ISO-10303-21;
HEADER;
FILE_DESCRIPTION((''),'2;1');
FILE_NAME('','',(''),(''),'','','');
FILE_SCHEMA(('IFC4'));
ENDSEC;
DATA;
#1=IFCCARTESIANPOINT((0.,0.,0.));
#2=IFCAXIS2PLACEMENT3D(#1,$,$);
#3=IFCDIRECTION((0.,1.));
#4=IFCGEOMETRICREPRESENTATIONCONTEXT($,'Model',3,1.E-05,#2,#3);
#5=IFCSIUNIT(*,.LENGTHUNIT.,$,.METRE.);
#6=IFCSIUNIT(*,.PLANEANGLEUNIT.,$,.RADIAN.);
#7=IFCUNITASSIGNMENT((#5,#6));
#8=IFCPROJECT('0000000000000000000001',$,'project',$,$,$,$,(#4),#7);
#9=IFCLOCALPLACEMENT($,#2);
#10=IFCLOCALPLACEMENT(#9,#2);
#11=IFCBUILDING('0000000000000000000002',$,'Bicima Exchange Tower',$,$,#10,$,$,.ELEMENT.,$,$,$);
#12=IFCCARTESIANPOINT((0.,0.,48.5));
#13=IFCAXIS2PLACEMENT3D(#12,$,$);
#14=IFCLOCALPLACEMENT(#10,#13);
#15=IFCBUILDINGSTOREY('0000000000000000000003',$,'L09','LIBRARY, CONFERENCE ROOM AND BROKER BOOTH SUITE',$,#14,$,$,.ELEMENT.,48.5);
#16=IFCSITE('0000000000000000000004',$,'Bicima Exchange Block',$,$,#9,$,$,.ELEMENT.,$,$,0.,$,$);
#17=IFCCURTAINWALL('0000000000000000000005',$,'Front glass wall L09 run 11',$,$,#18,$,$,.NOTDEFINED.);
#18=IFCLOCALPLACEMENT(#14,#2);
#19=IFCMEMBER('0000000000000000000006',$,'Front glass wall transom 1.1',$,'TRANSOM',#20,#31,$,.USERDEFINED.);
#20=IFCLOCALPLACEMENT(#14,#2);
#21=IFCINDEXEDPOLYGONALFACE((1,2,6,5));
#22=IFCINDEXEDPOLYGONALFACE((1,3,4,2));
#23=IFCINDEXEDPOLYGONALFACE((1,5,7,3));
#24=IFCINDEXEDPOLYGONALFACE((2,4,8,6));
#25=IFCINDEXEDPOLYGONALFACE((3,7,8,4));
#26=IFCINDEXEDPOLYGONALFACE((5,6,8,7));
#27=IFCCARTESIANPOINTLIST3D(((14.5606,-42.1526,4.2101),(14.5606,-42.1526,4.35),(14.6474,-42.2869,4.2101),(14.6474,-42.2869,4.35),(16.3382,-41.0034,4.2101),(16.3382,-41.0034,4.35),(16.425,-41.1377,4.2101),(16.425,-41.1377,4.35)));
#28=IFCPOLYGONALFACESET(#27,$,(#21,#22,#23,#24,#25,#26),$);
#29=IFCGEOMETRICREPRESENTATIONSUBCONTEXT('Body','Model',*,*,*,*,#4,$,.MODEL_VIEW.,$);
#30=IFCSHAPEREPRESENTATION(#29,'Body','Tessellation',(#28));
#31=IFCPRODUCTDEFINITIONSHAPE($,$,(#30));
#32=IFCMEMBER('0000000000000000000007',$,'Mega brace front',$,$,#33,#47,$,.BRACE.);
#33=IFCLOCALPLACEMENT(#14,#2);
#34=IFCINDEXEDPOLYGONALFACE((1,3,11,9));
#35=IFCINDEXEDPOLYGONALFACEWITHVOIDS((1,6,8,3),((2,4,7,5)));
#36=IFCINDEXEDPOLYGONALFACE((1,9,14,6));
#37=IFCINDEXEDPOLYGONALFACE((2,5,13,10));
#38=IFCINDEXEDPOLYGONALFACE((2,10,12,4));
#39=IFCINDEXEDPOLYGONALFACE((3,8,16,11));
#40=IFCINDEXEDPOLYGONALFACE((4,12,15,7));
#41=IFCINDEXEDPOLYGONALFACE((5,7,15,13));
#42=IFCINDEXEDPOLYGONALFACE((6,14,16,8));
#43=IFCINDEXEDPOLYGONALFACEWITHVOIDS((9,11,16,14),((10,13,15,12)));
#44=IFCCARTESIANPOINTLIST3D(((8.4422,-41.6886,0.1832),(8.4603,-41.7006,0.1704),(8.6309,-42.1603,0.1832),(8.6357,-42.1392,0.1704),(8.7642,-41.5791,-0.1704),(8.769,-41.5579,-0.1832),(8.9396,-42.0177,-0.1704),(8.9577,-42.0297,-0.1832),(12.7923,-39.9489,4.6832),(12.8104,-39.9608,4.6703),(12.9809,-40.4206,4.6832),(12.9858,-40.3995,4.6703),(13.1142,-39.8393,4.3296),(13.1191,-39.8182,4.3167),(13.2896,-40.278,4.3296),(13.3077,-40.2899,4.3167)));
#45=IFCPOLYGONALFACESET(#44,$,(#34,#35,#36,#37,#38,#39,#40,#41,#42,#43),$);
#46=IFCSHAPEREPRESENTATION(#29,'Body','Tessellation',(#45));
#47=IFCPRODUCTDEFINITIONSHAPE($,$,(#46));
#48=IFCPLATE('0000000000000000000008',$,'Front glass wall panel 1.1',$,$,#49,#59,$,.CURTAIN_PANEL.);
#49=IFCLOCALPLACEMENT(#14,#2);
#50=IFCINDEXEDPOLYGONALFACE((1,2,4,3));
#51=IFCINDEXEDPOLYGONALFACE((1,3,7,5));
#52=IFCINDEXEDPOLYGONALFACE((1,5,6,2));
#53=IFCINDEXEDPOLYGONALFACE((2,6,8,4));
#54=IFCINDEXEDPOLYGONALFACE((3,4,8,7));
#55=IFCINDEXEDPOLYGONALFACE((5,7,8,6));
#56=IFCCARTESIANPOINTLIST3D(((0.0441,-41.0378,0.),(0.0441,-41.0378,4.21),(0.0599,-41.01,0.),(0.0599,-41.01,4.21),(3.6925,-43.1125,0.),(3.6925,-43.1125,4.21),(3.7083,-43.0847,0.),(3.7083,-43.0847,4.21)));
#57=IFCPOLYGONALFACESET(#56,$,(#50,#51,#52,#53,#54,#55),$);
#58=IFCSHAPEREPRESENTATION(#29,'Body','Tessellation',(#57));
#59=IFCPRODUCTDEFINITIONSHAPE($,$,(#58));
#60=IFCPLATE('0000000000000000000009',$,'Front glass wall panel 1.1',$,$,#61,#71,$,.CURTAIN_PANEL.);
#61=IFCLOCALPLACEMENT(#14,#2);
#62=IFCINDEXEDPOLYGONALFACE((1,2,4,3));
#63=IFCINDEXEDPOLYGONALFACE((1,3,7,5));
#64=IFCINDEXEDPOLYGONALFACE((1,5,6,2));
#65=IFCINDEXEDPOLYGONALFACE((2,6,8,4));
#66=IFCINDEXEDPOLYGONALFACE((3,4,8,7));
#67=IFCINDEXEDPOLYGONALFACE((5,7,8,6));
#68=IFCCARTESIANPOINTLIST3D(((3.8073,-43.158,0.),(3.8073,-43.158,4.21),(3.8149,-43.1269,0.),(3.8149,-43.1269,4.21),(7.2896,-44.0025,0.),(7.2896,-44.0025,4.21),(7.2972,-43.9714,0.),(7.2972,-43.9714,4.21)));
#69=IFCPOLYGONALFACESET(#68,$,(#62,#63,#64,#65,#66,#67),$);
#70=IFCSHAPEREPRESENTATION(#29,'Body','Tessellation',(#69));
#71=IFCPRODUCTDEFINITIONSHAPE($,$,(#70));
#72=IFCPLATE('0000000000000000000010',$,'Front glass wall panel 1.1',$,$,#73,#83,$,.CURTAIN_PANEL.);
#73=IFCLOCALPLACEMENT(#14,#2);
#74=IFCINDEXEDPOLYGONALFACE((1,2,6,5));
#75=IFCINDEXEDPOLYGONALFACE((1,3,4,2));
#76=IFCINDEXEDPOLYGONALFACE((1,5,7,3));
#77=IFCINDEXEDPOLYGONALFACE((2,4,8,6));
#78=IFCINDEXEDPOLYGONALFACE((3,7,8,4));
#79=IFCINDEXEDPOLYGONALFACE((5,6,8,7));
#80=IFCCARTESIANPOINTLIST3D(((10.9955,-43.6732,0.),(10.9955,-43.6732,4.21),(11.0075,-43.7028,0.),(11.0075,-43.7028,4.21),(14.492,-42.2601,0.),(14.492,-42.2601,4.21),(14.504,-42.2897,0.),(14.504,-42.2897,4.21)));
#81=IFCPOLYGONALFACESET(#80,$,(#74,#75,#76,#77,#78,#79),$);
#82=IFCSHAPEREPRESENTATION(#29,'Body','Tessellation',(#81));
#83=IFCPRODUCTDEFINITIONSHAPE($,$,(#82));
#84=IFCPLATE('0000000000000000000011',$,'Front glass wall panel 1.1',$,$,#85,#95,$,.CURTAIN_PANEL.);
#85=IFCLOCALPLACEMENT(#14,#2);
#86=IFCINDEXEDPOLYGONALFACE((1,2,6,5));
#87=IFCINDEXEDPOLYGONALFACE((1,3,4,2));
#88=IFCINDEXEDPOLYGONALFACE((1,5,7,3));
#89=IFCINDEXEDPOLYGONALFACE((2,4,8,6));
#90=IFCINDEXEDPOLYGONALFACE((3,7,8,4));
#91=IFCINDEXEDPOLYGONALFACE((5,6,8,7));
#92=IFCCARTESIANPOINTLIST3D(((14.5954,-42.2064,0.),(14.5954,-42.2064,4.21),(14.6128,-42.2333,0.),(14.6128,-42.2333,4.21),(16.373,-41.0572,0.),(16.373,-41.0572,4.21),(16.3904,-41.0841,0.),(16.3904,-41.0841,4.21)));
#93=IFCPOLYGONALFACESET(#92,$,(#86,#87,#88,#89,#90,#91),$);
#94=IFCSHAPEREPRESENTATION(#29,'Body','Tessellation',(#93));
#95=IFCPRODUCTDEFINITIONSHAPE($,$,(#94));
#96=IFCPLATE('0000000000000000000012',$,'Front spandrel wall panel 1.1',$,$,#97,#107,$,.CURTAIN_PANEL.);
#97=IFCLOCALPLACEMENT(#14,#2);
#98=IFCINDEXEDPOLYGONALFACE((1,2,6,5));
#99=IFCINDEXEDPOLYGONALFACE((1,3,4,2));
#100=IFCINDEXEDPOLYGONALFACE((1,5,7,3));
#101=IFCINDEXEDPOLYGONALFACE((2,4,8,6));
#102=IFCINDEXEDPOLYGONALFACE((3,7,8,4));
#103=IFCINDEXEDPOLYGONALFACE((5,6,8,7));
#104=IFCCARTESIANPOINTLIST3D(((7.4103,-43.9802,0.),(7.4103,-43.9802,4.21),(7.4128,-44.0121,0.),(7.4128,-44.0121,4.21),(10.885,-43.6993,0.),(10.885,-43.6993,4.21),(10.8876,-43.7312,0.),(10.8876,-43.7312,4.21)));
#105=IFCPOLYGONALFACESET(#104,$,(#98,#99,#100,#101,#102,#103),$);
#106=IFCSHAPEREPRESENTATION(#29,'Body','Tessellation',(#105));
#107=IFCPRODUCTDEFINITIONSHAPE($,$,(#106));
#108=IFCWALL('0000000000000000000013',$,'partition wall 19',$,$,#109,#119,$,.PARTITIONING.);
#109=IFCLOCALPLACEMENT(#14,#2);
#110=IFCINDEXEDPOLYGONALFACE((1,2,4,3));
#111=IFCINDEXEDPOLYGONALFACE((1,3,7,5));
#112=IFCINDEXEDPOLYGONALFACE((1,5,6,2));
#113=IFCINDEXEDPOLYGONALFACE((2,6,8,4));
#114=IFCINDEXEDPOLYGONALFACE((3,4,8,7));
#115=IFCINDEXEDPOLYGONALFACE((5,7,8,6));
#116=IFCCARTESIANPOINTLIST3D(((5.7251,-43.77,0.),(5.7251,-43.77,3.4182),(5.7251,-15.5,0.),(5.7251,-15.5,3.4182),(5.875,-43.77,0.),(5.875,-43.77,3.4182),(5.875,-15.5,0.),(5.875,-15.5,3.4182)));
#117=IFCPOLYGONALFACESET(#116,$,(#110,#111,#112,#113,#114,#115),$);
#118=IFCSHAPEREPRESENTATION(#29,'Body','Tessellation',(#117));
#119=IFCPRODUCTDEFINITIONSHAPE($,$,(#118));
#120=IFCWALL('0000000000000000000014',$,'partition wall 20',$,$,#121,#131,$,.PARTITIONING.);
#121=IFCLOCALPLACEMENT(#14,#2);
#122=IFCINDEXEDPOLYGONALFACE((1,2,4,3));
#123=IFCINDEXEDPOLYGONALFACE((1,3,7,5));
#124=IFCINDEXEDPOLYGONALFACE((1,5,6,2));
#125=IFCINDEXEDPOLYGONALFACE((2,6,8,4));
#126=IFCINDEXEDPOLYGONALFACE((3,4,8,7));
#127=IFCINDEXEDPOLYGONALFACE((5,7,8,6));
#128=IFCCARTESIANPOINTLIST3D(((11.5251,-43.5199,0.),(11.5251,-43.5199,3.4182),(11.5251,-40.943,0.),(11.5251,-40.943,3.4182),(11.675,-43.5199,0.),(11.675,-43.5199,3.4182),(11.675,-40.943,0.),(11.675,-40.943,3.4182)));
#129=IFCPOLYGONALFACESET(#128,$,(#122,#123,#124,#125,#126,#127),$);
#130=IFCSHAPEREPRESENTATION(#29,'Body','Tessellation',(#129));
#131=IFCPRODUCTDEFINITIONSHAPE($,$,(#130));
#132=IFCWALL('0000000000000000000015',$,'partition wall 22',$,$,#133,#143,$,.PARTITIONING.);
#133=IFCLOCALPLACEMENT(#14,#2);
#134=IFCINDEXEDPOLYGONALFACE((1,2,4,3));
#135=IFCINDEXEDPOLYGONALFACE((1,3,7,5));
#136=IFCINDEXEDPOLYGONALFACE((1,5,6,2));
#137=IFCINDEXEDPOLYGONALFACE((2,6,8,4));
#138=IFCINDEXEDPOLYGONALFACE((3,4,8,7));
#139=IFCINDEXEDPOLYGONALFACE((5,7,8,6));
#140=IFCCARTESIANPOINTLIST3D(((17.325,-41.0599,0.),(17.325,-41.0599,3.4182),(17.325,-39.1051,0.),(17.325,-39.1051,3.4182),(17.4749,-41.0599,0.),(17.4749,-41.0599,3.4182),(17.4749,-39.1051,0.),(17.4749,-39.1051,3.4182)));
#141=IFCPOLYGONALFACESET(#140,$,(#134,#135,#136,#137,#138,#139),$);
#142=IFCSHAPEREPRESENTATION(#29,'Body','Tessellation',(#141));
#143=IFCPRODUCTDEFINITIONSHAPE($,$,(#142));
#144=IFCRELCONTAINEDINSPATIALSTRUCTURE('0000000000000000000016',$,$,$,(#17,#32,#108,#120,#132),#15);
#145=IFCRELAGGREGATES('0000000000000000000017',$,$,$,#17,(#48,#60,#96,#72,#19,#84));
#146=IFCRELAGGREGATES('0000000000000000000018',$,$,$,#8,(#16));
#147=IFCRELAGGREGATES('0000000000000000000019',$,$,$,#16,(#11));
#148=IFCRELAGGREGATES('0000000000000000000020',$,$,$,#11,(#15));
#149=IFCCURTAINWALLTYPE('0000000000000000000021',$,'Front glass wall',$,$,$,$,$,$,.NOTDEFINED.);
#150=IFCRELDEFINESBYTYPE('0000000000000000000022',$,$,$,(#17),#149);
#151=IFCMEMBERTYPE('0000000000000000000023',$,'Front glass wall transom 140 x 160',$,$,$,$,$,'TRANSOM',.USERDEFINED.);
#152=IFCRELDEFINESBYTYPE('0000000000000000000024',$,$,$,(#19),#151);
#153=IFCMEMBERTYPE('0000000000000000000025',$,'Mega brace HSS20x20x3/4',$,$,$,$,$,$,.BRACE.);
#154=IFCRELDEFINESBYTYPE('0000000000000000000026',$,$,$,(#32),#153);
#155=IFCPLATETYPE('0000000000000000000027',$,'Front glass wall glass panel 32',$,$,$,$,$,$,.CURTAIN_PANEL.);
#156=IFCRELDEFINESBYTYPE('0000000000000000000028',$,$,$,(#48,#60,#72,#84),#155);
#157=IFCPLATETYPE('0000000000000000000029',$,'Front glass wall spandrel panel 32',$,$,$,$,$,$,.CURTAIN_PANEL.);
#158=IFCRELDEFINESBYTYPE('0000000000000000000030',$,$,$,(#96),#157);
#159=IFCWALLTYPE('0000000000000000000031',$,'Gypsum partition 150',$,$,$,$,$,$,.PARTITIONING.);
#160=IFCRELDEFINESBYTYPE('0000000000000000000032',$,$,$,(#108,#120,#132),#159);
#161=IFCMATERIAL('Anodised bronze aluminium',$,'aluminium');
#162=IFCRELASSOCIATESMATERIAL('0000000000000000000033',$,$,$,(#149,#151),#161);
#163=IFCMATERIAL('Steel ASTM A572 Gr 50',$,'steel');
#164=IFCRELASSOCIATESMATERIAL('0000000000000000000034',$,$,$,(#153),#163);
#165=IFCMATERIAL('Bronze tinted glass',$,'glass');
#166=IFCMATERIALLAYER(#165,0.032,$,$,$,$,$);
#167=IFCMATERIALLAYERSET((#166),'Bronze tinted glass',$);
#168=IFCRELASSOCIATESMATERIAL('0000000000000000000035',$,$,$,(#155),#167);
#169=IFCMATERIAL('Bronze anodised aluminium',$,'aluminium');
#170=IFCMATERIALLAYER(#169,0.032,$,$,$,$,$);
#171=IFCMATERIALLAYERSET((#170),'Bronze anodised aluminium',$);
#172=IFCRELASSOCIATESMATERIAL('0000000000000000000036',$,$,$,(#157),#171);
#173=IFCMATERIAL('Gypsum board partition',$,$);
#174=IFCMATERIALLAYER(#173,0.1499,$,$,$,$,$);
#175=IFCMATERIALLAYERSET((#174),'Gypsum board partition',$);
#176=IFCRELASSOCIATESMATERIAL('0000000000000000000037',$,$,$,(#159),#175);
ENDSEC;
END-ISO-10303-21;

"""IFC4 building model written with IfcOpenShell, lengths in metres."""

from ifc_helpers import new_model, si_unit, direction, frame, frame_2d, origin, origin_2d, place, context, subcontext, project, spatial, rectangle, hollow_rectangle, extrude, material, layer, layer_set, material_profile, profile_set, type_object, element, aggregate, save


model = new_model("IFC4")

# Units and contexts
model_context = context("Model", 3, precision=1e-05, world=origin(), true_north=direction((0.0, 1.0)))
body_context = subcontext(model_context, "Body", "Model", "MODEL_VIEW")
ifc_project = project(units=[si_unit("LENGTHUNIT", "METRE"), si_unit("PLANEANGLEUNIT", "RADIAN")], contexts=[model_context])

# Site, building, storey
site_placement = place(None, origin())
site = spatial("IfcSite", under=ifc_project, at=site_placement, Name="Bicima Exchange Block", CompositionType="ELEMENT", RefElevation=0.0)
building_placement = place(site_placement, origin())
building = spatial("IfcBuilding", under=site, at=building_placement, Name="Bicima Exchange Tower", CompositionType="ELEMENT")
storey_placement = place(building_placement, frame((0.0, 0.0, 48.5)))
storey = spatial("IfcBuildingStorey", under=building, at=storey_placement, Name="L09", Description="LIBRARY, CONFERENCE ROOM AND BROKER BOOTH SUITE", CompositionType="ELEMENT", Elevation=48.5)

# Curtain wall, member
ifc_material_1 = material(Name="Anodised bronze aluminium", Category="aluminium")
curtain_wall_type = type_object("IfcCurtainWallType", Name="Front glass wall", PredefinedType="NOTDEFINED", material=ifc_material_1)
curtain_wall_placement = place(storey_placement, origin())
curtain_wall = element("IfcCurtainWall", 1, at=curtain_wall_placement, inside=storey, type_object=curtain_wall_type, Name="Front glass wall L09 run 11", PredefinedType="NOTDEFINED")
ifc_material_profile_1 = material_profile(ifc_material_1, rectangle(XDim=0.1599, YDim=0.1399, at=origin_2d()))
ifc_profile_set_1 = profile_set([ifc_material_profile_1], Name="Anodised bronze aluminium")
member_type_1 = type_object("IfcMemberType", Name="Front glass wall transom 140 x 160", ElementType="TRANSOM", PredefinedType="USERDEFINED", material=ifc_profile_set_1)
member_1_placement = place(storey_placement, frame((14.604, -42.2197, 4.28), z_axis=(0.839793, 0.542907, 0.0), x_axis=(-0.542907, 0.839793, 0.0)))
member_1 = element("IfcMember", 2, at=member_1_placement, type_object=member_type_1, Name="Front glass wall transom 1.1", ObjectType="TRANSOM", PredefinedType="USERDEFINED", context=body_context, shape_type="SweptSolid", body=[
    extrude(rectangle(XDim=0.1599, YDim=0.1399, at=origin_2d()), origin(), (0.0, 0.0, 1.0), 2.1167),
])

# Member
ifc_material_2 = material(Name="Steel ASTM A572 Gr 50", Category="steel")
ifc_material_profile_2 = material_profile(ifc_material_2, hollow_rectangle(XDim=0.5081, YDim=0.5081, WallThickness=0.0178, at=origin_2d()))
ifc_profile_set_2 = profile_set([ifc_material_profile_2], Name="Steel ASTM A572 Gr 50")
member_type_2 = type_object("IfcMemberType", Name="Mega brace HSS20x20x3/4", PredefinedType="BRACE", material=ifc_profile_set_2)
member_2_placement = place(storey_placement, frame((8.7, -41.8591, 0.0), z_axis=(0.669642, 0.267812, 0.692717), x_axis=(-0.371337, 0.928498, 0.0)))
element("IfcMember", 3, at=member_2_placement, inside=storey, type_object=member_type_2, Name="Mega brace front", PredefinedType="BRACE", context=body_context, shape_type="SweptSolid", body=[
    extrude(hollow_rectangle(XDim=0.5081, YDim=0.5081, WallThickness=0.0178, at=origin_2d()), origin(), (0.0, 0.0, 1.0), 6.4961),
])

# Plates
ifc_material_3 = material(Name="Bronze tinted glass", Category="glass")
ifc_layer_1 = layer(ifc_material_3, 0.032)
ifc_layer_set_1 = layer_set([ifc_layer_1], Name="Bronze tinted glass")
plate_type_1 = type_object("IfcPlateType", Name="Front glass wall glass panel 32", PredefinedType="CURTAIN_PANEL", material=ifc_layer_set_1)
plate_1_placement = place(storey_placement, frame((1.8762, -42.0613, 0.0), z_axis=(0.0, 0.0, 1.0), x_axis=(0.869274, -0.49433, 0.0)))
plate_1 = element("IfcPlate", 4, at=plate_1_placement, type_object=plate_type_1, Name="Front glass wall panel 1.1", PredefinedType="CURTAIN_PANEL", context=body_context, shape_type="SweptSolid", body=[
    extrude(rectangle(XDim=4.197, YDim=0.032, at=origin_2d()), origin(), (0.0, 0.0, 1.0), 4.21),
])
plate_2_placement = place(storey_placement, frame((5.5522, -43.5647, 0.0), z_axis=(0.0, 0.0, 1.0), x_axis=(0.97183, -0.235682, 0.0)))
plate_2 = element("IfcPlate", 5, at=plate_2_placement, type_object=plate_type_1, Name="Front glass wall panel 1.1", PredefinedType="CURTAIN_PANEL", context=body_context, shape_type="SweptSolid", body=[
    extrude(rectangle(XDim=3.5833, YDim=0.032, at=origin_2d()), origin(), (0.0, 0.0, 1.0), 4.21),
])
plate_3_placement = place(storey_placement, frame((12.7498, -42.9814, 0.0), z_axis=(0.0, 0.0, 1.0), x_axis=(0.927144, 0.374705, 0.0)))
plate_3 = element("IfcPlate", 6, at=plate_3_placement, type_object=plate_type_1, Name="Front glass wall panel 1.1", PredefinedType="CURTAIN_PANEL", context=body_context, shape_type="SweptSolid", body=[
    extrude(rectangle(XDim=3.7712, YDim=0.032, at=origin_2d()), origin(), (0.0, 0.0, 1.0), 4.21),
])
plate_4_placement = place(storey_placement, frame((15.4929, -41.6453, 0.0), z_axis=(0.0, 0.0, 1.0), x_axis=(0.839791, 0.542909, 0.0)))
plate_4 = element("IfcPlate", 7, at=plate_4_placement, type_object=plate_type_1, Name="Front glass wall panel 1.1", PredefinedType="CURTAIN_PANEL", context=body_context, shape_type="SweptSolid", body=[
    extrude(rectangle(XDim=2.1167, YDim=0.032, at=origin_2d()), origin(), (0.0, 0.0, 1.0), 4.21),
])
ifc_material_4 = material(Name="Bronze anodised aluminium", Category="aluminium")
ifc_layer_2 = layer(ifc_material_4, 0.032)
ifc_layer_set_2 = layer_set([ifc_layer_2], Name="Bronze anodised aluminium")
plate_type_2 = type_object("IfcPlateType", Name="Front glass wall spandrel panel 32", PredefinedType="CURTAIN_PANEL", material=ifc_layer_set_2)
plate_5_placement = place(storey_placement, frame((9.1489, -43.8557, 0.0), z_axis=(0.0, 0.0, 1.0), x_axis=(0.996747, 0.080589, 0.0)))
plate_5 = element("IfcPlate", 8, at=plate_5_placement, type_object=plate_type_2, Name="Front spandrel wall panel 1.1", PredefinedType="CURTAIN_PANEL", context=body_context, shape_type="SweptSolid", body=[
    extrude(rectangle(XDim=3.4861, YDim=0.032, at=origin_2d()), origin(), (0.0, 0.0, 1.0), 4.21),
])
aggregate(curtain_wall, [plate_1, plate_2, plate_5, plate_3, member_1, plate_4])

# Walls
ifc_material_5 = material(Name="Gypsum board partition")
ifc_layer_3 = layer(ifc_material_5, 0.1499)
ifc_layer_set_3 = layer_set([ifc_layer_3], Name="Gypsum board partition")
wall_type = type_object("IfcWallType", Name="Gypsum partition 150", PredefinedType="PARTITIONING", material=ifc_layer_set_3)
wall_1_placement = place(storey_placement, frame((5.8, -43.77, 0.0), z_axis=(0.0, 0.0, 1.0), x_axis=(0.0, 1.0, 0.0)))
element("IfcWall", 9, at=wall_1_placement, inside=storey, type_object=wall_type, Name="partition wall 19", PredefinedType="PARTITIONING", context=body_context, shape_type="SweptSolid", body=[
    extrude(rectangle(XDim=28.27, YDim=0.1499, at=frame_2d((14.135, 0.0))), origin(), (0.0, 0.0, 1.0), 3.4182),
])
wall_2_placement = place(storey_placement, frame((11.6001, -43.52, 0.0), z_axis=(0.0, 0.0, 1.0), x_axis=(0.0, 1.0, 0.0)))
element("IfcWall", 10, at=wall_2_placement, inside=storey, type_object=wall_type, Name="partition wall 20", PredefinedType="PARTITIONING", context=body_context, shape_type="SweptSolid", body=[
    extrude(rectangle(XDim=2.5769, YDim=0.1499, at=frame_2d((1.2886, 0.0))), origin(), (0.0, 0.0, 1.0), 3.4182),
])
wall_3_placement = place(storey_placement, frame((17.3999, -41.0601, 0.0), z_axis=(0.0, 0.0, 1.0), x_axis=(0.0, 1.0, 0.0)))
element("IfcWall", 11, at=wall_3_placement, inside=storey, type_object=wall_type, Name="partition wall 22", PredefinedType="PARTITIONING", context=body_context, shape_type="SweptSolid", body=[
    extrude(rectangle(XDim=1.9548, YDim=0.1499, at=frame_2d((0.9775, 0.0))), origin(), (0.0, 0.0, 1.0), 3.4182),
])

save(model, "model.ifc")
